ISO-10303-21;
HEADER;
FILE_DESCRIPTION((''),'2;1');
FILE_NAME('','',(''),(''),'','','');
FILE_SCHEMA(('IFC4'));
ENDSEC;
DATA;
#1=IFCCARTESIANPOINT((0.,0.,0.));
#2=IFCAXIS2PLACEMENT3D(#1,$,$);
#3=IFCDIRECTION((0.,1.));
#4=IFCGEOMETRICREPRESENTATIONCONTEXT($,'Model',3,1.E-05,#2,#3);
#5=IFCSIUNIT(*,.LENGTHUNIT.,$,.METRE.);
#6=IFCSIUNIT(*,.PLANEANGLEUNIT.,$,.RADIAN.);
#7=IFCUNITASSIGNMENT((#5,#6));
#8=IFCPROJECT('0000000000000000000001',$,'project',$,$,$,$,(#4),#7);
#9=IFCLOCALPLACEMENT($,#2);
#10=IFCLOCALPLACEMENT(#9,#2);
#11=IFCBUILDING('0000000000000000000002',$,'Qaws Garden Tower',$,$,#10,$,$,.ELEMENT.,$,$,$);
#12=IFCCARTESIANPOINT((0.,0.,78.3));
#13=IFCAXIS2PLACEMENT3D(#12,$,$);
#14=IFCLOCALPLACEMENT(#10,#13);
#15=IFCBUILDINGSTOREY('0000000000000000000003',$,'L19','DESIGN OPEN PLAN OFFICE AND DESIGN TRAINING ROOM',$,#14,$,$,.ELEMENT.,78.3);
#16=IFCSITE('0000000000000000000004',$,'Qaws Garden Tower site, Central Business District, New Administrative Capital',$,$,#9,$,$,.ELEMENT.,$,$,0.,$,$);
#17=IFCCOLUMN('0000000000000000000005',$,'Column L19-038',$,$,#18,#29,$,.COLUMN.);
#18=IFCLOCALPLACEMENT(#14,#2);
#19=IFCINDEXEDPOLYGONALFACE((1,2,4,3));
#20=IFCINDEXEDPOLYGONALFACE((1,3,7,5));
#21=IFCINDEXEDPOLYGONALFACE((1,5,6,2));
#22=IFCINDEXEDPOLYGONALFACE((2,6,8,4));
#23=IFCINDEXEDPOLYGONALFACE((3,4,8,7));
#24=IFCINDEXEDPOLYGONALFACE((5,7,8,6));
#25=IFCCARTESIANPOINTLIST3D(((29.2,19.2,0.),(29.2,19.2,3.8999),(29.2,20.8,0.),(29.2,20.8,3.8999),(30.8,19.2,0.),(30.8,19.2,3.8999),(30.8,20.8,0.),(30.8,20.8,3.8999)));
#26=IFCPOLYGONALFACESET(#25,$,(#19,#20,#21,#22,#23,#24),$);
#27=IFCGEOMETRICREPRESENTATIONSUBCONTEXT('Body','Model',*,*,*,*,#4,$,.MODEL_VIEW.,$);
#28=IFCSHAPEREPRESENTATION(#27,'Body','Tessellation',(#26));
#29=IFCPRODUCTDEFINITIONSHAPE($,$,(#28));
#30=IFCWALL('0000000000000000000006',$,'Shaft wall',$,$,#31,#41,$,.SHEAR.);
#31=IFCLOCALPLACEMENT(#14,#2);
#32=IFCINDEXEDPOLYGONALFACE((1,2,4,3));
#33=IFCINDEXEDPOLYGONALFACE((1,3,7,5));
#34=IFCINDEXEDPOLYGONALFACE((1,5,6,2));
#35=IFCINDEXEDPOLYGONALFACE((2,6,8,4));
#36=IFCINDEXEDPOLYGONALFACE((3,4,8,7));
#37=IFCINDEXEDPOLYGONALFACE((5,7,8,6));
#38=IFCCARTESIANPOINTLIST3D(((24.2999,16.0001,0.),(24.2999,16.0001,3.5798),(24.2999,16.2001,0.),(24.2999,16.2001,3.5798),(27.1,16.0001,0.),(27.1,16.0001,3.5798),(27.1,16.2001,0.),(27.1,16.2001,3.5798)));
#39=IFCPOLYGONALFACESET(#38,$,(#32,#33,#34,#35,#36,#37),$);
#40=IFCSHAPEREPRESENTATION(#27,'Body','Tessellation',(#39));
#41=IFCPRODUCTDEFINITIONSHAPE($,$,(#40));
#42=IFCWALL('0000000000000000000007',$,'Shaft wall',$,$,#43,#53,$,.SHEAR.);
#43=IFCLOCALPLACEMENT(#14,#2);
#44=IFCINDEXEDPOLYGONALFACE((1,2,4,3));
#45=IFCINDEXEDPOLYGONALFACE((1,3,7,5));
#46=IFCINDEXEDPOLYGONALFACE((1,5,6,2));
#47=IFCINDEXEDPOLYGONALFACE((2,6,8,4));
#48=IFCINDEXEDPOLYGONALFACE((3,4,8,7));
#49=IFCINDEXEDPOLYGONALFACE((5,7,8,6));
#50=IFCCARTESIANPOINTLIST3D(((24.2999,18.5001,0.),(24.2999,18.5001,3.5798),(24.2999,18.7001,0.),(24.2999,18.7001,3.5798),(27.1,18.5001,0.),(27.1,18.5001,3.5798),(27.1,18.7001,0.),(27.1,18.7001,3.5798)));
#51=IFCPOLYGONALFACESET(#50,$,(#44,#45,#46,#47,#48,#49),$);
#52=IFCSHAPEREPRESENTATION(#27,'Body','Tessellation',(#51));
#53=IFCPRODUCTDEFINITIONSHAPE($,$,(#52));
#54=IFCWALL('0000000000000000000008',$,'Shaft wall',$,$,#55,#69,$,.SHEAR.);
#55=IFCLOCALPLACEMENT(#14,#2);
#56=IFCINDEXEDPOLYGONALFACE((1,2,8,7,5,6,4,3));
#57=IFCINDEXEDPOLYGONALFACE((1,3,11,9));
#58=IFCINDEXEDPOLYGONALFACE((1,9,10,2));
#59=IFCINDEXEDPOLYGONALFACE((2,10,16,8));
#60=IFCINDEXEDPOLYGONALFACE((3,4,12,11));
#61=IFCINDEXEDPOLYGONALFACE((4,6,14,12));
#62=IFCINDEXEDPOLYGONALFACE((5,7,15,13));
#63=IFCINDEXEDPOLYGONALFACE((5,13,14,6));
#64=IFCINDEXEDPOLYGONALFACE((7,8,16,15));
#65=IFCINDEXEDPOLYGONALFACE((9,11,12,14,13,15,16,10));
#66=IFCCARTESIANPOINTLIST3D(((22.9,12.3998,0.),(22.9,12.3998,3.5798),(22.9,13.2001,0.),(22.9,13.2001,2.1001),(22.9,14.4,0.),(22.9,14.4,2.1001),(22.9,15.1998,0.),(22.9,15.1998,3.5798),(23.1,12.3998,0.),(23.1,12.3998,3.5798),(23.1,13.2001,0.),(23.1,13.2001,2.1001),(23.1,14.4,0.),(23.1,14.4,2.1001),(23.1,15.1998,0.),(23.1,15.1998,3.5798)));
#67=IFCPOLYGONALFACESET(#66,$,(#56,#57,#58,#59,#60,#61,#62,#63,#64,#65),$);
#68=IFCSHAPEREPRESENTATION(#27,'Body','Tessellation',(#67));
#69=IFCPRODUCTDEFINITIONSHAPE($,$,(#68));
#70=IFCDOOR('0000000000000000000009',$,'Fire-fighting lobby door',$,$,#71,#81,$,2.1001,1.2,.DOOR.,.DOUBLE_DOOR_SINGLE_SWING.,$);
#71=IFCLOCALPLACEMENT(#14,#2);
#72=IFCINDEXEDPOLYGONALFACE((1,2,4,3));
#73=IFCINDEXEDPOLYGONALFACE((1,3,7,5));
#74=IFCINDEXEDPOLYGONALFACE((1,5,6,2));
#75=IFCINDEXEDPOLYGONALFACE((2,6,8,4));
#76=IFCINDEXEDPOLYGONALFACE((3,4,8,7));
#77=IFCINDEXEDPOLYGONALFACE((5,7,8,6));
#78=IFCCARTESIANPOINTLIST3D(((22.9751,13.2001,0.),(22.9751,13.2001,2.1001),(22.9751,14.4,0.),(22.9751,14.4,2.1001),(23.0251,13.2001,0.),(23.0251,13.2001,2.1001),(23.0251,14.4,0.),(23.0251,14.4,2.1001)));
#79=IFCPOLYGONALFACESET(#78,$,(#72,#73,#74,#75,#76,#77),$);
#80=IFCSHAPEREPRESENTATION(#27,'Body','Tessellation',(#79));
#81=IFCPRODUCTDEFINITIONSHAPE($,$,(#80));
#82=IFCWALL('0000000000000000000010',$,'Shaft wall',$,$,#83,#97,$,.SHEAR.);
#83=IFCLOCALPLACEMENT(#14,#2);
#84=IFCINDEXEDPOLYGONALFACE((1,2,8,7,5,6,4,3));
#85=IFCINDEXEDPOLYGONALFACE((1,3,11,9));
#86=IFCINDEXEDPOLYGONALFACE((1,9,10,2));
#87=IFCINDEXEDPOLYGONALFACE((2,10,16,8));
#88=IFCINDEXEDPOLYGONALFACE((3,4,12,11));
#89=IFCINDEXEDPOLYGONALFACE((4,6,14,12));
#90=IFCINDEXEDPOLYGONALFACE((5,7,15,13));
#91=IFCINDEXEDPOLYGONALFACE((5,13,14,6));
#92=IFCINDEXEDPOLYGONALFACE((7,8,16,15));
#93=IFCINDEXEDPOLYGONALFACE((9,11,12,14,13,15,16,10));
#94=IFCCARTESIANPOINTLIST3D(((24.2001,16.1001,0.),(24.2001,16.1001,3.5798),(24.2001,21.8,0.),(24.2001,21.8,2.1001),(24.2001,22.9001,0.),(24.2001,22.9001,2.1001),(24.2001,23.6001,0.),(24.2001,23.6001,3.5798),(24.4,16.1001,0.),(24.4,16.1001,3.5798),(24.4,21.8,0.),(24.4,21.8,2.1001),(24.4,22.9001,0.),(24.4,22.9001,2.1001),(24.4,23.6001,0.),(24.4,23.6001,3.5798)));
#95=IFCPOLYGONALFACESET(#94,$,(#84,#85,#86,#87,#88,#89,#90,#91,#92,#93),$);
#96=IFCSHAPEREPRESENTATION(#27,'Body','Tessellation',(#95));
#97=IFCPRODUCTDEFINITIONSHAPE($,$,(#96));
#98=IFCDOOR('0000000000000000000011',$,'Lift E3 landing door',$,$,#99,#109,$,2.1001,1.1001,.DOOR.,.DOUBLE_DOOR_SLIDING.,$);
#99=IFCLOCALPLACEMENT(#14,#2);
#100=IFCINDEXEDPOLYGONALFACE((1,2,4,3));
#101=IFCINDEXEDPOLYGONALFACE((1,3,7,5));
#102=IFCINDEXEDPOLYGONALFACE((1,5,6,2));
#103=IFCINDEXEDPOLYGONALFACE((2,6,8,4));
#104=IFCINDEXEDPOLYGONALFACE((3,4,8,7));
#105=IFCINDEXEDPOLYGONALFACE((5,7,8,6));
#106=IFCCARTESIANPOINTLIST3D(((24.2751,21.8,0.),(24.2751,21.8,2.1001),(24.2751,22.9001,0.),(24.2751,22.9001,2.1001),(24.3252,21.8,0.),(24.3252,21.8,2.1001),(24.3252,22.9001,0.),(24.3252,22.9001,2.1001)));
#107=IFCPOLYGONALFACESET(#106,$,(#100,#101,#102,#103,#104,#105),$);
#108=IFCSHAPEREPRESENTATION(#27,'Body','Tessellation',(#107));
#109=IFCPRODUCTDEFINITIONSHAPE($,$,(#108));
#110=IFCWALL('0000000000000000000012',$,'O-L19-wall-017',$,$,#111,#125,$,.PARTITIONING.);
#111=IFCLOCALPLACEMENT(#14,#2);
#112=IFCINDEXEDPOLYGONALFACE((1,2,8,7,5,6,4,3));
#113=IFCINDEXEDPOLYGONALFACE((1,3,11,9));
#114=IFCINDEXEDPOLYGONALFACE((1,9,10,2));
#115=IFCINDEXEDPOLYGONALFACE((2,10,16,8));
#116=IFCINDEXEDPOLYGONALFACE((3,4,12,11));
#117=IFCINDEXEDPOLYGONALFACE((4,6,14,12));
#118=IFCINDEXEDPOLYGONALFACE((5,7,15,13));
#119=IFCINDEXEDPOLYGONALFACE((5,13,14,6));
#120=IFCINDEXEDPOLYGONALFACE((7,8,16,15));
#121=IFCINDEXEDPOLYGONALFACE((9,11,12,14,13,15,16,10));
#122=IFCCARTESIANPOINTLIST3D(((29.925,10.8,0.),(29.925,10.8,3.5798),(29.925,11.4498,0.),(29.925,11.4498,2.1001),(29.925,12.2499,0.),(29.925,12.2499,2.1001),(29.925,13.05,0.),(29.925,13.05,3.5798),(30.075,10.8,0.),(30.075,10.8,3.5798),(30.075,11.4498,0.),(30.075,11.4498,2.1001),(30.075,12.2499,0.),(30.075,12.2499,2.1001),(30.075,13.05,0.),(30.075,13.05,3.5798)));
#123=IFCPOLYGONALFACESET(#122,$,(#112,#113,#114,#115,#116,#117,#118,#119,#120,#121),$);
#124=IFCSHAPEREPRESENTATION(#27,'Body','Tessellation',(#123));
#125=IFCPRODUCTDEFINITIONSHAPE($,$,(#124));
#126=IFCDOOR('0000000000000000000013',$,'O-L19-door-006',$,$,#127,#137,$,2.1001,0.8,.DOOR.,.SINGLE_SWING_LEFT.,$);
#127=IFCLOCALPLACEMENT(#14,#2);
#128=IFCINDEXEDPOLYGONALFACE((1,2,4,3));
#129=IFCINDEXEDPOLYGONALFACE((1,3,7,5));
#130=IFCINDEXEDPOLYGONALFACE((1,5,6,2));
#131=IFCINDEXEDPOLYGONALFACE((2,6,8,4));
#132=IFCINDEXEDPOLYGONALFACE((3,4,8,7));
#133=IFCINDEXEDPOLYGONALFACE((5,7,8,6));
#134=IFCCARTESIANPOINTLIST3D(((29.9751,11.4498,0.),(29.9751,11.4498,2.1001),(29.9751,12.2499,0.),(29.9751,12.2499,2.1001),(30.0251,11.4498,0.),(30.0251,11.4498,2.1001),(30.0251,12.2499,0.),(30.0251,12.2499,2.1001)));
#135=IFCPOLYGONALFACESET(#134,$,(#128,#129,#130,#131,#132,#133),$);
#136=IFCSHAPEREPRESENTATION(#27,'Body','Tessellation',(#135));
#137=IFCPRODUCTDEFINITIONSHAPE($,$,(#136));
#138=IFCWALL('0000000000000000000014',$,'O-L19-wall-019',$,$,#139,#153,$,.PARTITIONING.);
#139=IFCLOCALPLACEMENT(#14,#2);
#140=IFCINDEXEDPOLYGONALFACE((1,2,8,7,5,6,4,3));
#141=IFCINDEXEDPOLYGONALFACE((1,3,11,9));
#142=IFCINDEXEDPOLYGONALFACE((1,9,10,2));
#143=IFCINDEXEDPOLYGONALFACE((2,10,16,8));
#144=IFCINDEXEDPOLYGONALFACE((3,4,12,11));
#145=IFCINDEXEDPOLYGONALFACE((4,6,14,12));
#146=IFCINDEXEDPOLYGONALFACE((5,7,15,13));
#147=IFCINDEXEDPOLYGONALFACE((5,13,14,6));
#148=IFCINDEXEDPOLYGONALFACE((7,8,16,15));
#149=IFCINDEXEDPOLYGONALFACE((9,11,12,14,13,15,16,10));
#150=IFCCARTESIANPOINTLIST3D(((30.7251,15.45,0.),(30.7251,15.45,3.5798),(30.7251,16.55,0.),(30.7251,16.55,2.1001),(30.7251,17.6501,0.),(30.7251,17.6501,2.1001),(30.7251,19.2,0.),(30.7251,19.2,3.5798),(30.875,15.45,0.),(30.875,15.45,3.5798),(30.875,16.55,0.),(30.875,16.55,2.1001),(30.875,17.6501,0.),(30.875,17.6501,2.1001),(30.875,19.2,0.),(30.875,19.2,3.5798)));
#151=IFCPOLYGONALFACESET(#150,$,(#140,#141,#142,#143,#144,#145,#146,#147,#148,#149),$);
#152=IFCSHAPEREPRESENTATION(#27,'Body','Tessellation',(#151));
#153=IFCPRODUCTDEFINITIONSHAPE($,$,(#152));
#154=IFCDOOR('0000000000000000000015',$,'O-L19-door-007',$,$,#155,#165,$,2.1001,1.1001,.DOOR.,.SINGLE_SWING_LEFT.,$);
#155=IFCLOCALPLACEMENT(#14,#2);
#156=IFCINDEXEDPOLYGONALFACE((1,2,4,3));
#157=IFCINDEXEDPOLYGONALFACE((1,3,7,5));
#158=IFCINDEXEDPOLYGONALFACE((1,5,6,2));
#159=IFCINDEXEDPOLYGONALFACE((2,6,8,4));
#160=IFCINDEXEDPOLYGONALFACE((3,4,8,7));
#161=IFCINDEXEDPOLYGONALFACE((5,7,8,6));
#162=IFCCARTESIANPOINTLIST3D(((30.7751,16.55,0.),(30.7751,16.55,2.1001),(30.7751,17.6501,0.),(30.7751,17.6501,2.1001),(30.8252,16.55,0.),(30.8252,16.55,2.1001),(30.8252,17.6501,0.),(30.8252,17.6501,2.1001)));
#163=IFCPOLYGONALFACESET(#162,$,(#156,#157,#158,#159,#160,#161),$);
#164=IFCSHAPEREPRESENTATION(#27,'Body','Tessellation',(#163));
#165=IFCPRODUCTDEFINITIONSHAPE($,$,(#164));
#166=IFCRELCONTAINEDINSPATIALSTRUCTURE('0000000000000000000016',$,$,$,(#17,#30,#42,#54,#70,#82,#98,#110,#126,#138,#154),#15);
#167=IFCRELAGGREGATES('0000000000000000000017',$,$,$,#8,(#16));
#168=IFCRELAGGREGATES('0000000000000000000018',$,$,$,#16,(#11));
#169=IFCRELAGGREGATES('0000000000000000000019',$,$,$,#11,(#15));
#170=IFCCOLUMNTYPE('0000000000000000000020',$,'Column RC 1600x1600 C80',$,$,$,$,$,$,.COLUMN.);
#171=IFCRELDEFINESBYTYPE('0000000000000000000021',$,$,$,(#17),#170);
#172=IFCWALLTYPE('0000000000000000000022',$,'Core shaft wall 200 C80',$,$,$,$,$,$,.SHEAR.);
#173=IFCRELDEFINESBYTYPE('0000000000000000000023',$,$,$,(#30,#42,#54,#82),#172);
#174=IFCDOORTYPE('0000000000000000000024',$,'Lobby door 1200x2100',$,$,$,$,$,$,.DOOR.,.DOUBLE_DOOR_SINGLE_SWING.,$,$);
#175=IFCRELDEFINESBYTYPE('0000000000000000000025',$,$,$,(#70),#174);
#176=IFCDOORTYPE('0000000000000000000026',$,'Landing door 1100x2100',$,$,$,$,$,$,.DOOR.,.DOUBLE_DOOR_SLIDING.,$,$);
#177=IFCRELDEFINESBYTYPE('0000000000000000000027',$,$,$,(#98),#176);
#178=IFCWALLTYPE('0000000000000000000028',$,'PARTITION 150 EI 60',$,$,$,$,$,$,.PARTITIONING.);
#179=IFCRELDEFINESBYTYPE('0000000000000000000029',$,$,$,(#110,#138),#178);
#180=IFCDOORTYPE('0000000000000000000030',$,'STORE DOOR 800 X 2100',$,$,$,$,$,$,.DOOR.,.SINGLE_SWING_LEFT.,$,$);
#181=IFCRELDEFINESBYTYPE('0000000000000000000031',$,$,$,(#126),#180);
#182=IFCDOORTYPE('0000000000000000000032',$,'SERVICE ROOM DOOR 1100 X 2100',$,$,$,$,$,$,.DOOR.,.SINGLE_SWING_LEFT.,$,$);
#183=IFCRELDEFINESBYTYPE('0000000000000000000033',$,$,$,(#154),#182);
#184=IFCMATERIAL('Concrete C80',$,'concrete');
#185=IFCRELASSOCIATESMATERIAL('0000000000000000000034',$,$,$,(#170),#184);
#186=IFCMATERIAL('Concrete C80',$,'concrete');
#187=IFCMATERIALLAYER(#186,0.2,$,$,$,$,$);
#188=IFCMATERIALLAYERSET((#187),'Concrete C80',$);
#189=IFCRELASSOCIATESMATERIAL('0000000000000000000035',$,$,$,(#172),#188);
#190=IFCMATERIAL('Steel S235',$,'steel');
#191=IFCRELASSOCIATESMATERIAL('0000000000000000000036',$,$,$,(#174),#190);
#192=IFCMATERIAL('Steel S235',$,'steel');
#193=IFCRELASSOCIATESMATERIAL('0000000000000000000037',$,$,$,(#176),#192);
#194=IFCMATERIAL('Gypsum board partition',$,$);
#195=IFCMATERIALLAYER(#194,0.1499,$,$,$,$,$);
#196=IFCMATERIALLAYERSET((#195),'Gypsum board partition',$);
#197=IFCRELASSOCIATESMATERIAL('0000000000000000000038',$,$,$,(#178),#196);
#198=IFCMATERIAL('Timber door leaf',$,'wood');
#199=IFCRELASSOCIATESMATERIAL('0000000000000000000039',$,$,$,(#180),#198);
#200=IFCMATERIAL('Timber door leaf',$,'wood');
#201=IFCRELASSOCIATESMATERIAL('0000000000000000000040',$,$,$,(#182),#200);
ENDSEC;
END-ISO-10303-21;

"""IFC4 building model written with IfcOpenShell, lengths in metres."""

from ifc_helpers import new_model, si_unit, direction, frame, frame_2d, origin, origin_2d, place, context, subcontext, project, spatial, rectangle, extrude, material, layer, layer_set, material_profile, profile_set, type_object, element, fill, save


model = new_model("IFC4")

# Units and contexts
model_context = context("Model", 3, precision=1e-05, world=origin(), true_north=direction((0.0, 1.0)))
body_context = subcontext(model_context, "Body", "Model", "MODEL_VIEW")
ifc_project = project(units=[si_unit("LENGTHUNIT", "METRE"), si_unit("PLANEANGLEUNIT", "RADIAN")], contexts=[model_context])

# Site, building, storey
site_placement = place(None, origin())
site = spatial("IfcSite", under=ifc_project, at=site_placement, Name="Qaws Garden Tower site, Central Business District, New Administrative Capital", CompositionType="ELEMENT", RefElevation=0.0)
building_placement = place(site_placement, origin())
building = spatial("IfcBuilding", under=site, at=building_placement, Name="Qaws Garden Tower", CompositionType="ELEMENT")
storey_placement = place(building_placement, frame((0.0, 0.0, 78.3)))
storey = spatial("IfcBuildingStorey", under=building, at=storey_placement, Name="L19", Description="DESIGN OPEN PLAN OFFICE AND DESIGN TRAINING ROOM", CompositionType="ELEMENT", Elevation=78.3)

# Column
ifc_material_1 = material(Name="Concrete C80", Category="concrete")
ifc_material_profile = material_profile(ifc_material_1, rectangle(XDim=1.6001, YDim=1.6001, at=origin_2d()), Name="RC 1600x1600")
ifc_profile_set = profile_set([ifc_material_profile], Name="Concrete C80")
column_type = type_object("IfcColumnType", Name="Column RC 1600x1600 C80", PredefinedType="COLUMN", material=ifc_profile_set)
column_placement = place(storey_placement, frame((30.0, 20.0, 0.0), z_axis=(0.0, 0.0, 1.0), x_axis=(1.0, 0.0, 0.0)))
element("IfcColumn", 1, at=column_placement, inside=storey, type_object=column_type, Name="Column L19-038", PredefinedType="COLUMN", context=body_context, shape_type="SweptSolid", body=[
    extrude(rectangle(XDim=1.6001, YDim=1.6001, at=origin_2d()), origin(), (0.0, 0.0, 1.0), 3.8999),
])

# Walls
ifc_material_2 = material(Name="Concrete C80", Category="concrete")
ifc_layer_1 = layer(ifc_material_2, 0.2)
ifc_layer_set_1 = layer_set([ifc_layer_1], Name="Concrete C80")
wall_type_1 = type_object("IfcWallType", Name="Core shaft wall 200 C80", PredefinedType="SHEAR", material=ifc_layer_set_1)
for number, where, z_axis, x_axis, name in (
    (2, (24.3, 16.1001, 0.0), (0.0, 0.0, 1.0), (1.0, 0.0, 0.0), "Shaft wall"),
    (3, (24.3, 18.6001, 0.0), (0.0, 0.0, 1.0), (1.0, 0.0, 0.0), "Shaft wall"),
):
    element("IfcWall", number, at=place(storey_placement, frame(where, z_axis=z_axis, x_axis=x_axis)), inside=storey, type_object=wall_type_1, Name=name, PredefinedType="SHEAR", context=body_context, shape_type="SweptSolid", body=[
        extrude(rectangle(XDim=2.8, YDim=0.2, at=frame_2d((1.3999, 0.0))), origin(), (0.0, 0.0, 1.0), 3.5798),
    ])

# Walls, openings, doors
wall_1_placement = place(storey_placement, frame((23.0, 12.3999, 0.0), z_axis=(0.0, 0.0, 1.0), x_axis=(0.0, 1.0, 0.0)))
wall_1 = element("IfcWall", 4, at=wall_1_placement, inside=storey, type_object=wall_type_1, Name="Shaft wall", PredefinedType="SHEAR", context=body_context, shape_type="SweptSolid", body=[
    extrude(rectangle(XDim=2.8, YDim=0.2, at=frame_2d((1.3999, 0.0))), origin(), (0.0, 0.0, 1.0), 3.5798),
])
opening_1_placement = place(wall_1_placement, frame((0.8, 0.0, 0.0)))
opening_1 = element("IfcOpeningElement", 5, at=opening_1_placement, cuts=wall_1, PredefinedType="OPENING", context=body_context, shape_type="SweptSolid", body=[
    extrude(rectangle(XDim=1.2, YDim=2.1001, at=frame_2d((0.6001, 1.05))), frame((0.0, 0.1099, 0.0), z_axis=(0.0, -1.0, 0.0), x_axis=(1.0, 0.0, 0.0)), (0.0, 0.0, 1.0), 0.22),
])
ifc_material_3 = material(Name="Steel S235", Category="steel")
door_type_1 = type_object("IfcDoorType", Name="Lobby door 1200x2100", OperationType="DOUBLE_DOOR_SINGLE_SWING", PredefinedType="DOOR", material=ifc_material_3)
door_1_placement = place(opening_1_placement, origin())
door_1 = element("IfcDoor", 6, at=door_1_placement, inside=storey, type_object=door_type_1, Name="Fire-fighting lobby door", OperationType="DOUBLE_DOOR_SINGLE_SWING", OverallHeight=2.1001, OverallWidth=1.2, PredefinedType="DOOR", context=body_context, shape_type="SweptSolid", body=[
    extrude(rectangle(XDim=1.2, YDim=2.1001, at=frame_2d((0.6001, 1.05))), frame((0.0, 0.0249, 0.0), z_axis=(0.0, -1.0, 0.0), x_axis=(1.0, 0.0, 0.0)), (0.0, 0.0, 1.0), 0.05),
])
fill(opening_1, door_1)
wall_2_placement = place(storey_placement, frame((24.3, 16.1001, 0.0), z_axis=(0.0, 0.0, 1.0), x_axis=(0.0, 1.0, 0.0)))
wall_2 = element("IfcWall", 7, at=wall_2_placement, inside=storey, type_object=wall_type_1, Name="Shaft wall", PredefinedType="SHEAR", context=body_context, shape_type="SweptSolid", body=[
    extrude(rectangle(XDim=7.5, YDim=0.2, at=frame_2d((3.75, 0.0))), origin(), (0.0, 0.0, 1.0), 3.5798),
])
opening_2_placement = place(wall_2_placement, frame((5.7, 0.0, 0.0)))
opening_2 = element("IfcOpeningElement", 8, at=opening_2_placement, cuts=wall_2, PredefinedType="OPENING", context=body_context, shape_type="SweptSolid", body=[
    extrude(rectangle(XDim=1.1001, YDim=2.1001, at=frame_2d((0.55, 1.05))), frame((0.0, 0.1099, 0.0), z_axis=(0.0, -1.0, 0.0), x_axis=(1.0, 0.0, 0.0)), (0.0, 0.0, 1.0), 0.22),
])
ifc_material_4 = material(Name="Steel S235", Category="steel")
door_type_2 = type_object("IfcDoorType", Name="Landing door 1100x2100", OperationType="DOUBLE_DOOR_SLIDING", PredefinedType="DOOR", material=ifc_material_4)
door_2_placement = place(opening_2_placement, origin())
door_2 = element("IfcDoor", 9, at=door_2_placement, inside=storey, type_object=door_type_2, Name="Lift E3 landing door", OperationType="DOUBLE_DOOR_SLIDING", OverallHeight=2.1001, OverallWidth=1.1001, PredefinedType="DOOR", context=body_context, shape_type="SweptSolid", body=[
    extrude(rectangle(XDim=1.1001, YDim=2.1001, at=frame_2d((0.55, 1.05))), frame((0.0, 0.0249, 0.0), z_axis=(0.0, -1.0, 0.0), x_axis=(1.0, 0.0, 0.0)), (0.0, 0.0, 1.0), 0.05),
])
fill(opening_2, door_2)
ifc_material_5 = material(Name="Gypsum board partition")
ifc_layer_2 = layer(ifc_material_5, 0.1499)
ifc_layer_set_2 = layer_set([ifc_layer_2], Name="Gypsum board partition")
wall_type_2 = type_object("IfcWallType", Name="PARTITION 150 EI 60", PredefinedType="PARTITIONING", material=ifc_layer_set_2)
wall_3_placement = place(storey_placement, frame((30.0, 10.8, 0.0), z_axis=(0.0, 0.0, 1.0), x_axis=(0.0, 1.0, 0.0)))
wall_3 = element("IfcWall", 10, at=wall_3_placement, inside=storey, type_object=wall_type_2, Name="O-L19-wall-017", PredefinedType="PARTITIONING", context=body_context, shape_type="SweptSolid", body=[
    extrude(rectangle(XDim=2.25, YDim=0.1499, at=frame_2d((1.125, 0.0))), origin(), (0.0, 0.0, 1.0), 3.5798),
])
opening_3_placement = place(wall_3_placement, frame((0.6499, 0.0, 0.0)))
opening_3 = element("IfcOpeningElement", 11, at=opening_3_placement, cuts=wall_3, PredefinedType="OPENING", context=body_context, shape_type="SweptSolid", body=[
    extrude(rectangle(XDim=0.8, YDim=2.1001, at=frame_2d((0.3999, 1.05))), frame((0.0, 0.085, 0.0), z_axis=(0.0, -1.0, 0.0), x_axis=(1.0, 0.0, 0.0)), (0.0, 0.0, 1.0), 0.1699),
])
ifc_material_6 = material(Name="Timber door leaf", Category="wood")
door_type_3 = type_object("IfcDoorType", Name="STORE DOOR 800 X 2100", OperationType="SINGLE_SWING_LEFT", PredefinedType="DOOR", material=ifc_material_6)
door_3_placement = place(opening_3_placement, origin())
door_3 = element("IfcDoor", 12, at=door_3_placement, inside=storey, type_object=door_type_3, Name="O-L19-door-006", OperationType="SINGLE_SWING_LEFT", OverallHeight=2.1001, OverallWidth=0.8, PredefinedType="DOOR", context=body_context, shape_type="SweptSolid", body=[
    extrude(rectangle(XDim=0.8, YDim=2.1001, at=frame_2d((0.3999, 1.05))), frame((0.0, 0.0249, 0.0), z_axis=(0.0, -1.0, 0.0), x_axis=(1.0, 0.0, 0.0)), (0.0, 0.0, 1.0), 0.05),
])
fill(opening_3, door_3)
wall_4_placement = place(storey_placement, frame((30.8, 15.45, 0.0), z_axis=(0.0, 0.0, 1.0), x_axis=(0.0, 1.0, 0.0)))
wall_4 = element("IfcWall", 13, at=wall_4_placement, inside=storey, type_object=wall_type_2, Name="O-L19-wall-019", PredefinedType="PARTITIONING", context=body_context, shape_type="SweptSolid", body=[
    extrude(rectangle(XDim=3.75, YDim=0.1499, at=frame_2d((1.875, 0.0))), origin(), (0.0, 0.0, 1.0), 3.5798),
])
opening_4_placement = place(wall_4_placement, frame((1.1001, 0.0, 0.0)))
opening_4 = element("IfcOpeningElement", 14, at=opening_4_placement, cuts=wall_4, PredefinedType="OPENING", context=body_context, shape_type="SweptSolid", body=[
    extrude(rectangle(XDim=1.1001, YDim=2.1001, at=frame_2d((0.55, 1.05))), frame((0.0, 0.085, 0.0), z_axis=(0.0, -1.0, 0.0), x_axis=(1.0, 0.0, 0.0)), (0.0, 0.0, 1.0), 0.1699),
])
ifc_material_7 = material(Name="Timber door leaf", Category="wood")
door_type_4 = type_object("IfcDoorType", Name="SERVICE ROOM DOOR 1100 X 2100", OperationType="SINGLE_SWING_LEFT", PredefinedType="DOOR", material=ifc_material_7)
door_4_placement = place(opening_4_placement, origin())
door_4 = element("IfcDoor", 15, at=door_4_placement, inside=storey, type_object=door_type_4, Name="O-L19-door-007", OperationType="SINGLE_SWING_LEFT", OverallHeight=2.1001, OverallWidth=1.1001, PredefinedType="DOOR", context=body_context, shape_type="SweptSolid", body=[
    extrude(rectangle(XDim=1.1001, YDim=2.1001, at=frame_2d((0.55, 1.05))), frame((0.0, 0.0249, 0.0), z_axis=(0.0, -1.0, 0.0), x_axis=(1.0, 0.0, 0.0)), (0.0, 0.0, 1.0), 0.05),
])
fill(opening_4, door_4)

save(model, "model.ifc")
